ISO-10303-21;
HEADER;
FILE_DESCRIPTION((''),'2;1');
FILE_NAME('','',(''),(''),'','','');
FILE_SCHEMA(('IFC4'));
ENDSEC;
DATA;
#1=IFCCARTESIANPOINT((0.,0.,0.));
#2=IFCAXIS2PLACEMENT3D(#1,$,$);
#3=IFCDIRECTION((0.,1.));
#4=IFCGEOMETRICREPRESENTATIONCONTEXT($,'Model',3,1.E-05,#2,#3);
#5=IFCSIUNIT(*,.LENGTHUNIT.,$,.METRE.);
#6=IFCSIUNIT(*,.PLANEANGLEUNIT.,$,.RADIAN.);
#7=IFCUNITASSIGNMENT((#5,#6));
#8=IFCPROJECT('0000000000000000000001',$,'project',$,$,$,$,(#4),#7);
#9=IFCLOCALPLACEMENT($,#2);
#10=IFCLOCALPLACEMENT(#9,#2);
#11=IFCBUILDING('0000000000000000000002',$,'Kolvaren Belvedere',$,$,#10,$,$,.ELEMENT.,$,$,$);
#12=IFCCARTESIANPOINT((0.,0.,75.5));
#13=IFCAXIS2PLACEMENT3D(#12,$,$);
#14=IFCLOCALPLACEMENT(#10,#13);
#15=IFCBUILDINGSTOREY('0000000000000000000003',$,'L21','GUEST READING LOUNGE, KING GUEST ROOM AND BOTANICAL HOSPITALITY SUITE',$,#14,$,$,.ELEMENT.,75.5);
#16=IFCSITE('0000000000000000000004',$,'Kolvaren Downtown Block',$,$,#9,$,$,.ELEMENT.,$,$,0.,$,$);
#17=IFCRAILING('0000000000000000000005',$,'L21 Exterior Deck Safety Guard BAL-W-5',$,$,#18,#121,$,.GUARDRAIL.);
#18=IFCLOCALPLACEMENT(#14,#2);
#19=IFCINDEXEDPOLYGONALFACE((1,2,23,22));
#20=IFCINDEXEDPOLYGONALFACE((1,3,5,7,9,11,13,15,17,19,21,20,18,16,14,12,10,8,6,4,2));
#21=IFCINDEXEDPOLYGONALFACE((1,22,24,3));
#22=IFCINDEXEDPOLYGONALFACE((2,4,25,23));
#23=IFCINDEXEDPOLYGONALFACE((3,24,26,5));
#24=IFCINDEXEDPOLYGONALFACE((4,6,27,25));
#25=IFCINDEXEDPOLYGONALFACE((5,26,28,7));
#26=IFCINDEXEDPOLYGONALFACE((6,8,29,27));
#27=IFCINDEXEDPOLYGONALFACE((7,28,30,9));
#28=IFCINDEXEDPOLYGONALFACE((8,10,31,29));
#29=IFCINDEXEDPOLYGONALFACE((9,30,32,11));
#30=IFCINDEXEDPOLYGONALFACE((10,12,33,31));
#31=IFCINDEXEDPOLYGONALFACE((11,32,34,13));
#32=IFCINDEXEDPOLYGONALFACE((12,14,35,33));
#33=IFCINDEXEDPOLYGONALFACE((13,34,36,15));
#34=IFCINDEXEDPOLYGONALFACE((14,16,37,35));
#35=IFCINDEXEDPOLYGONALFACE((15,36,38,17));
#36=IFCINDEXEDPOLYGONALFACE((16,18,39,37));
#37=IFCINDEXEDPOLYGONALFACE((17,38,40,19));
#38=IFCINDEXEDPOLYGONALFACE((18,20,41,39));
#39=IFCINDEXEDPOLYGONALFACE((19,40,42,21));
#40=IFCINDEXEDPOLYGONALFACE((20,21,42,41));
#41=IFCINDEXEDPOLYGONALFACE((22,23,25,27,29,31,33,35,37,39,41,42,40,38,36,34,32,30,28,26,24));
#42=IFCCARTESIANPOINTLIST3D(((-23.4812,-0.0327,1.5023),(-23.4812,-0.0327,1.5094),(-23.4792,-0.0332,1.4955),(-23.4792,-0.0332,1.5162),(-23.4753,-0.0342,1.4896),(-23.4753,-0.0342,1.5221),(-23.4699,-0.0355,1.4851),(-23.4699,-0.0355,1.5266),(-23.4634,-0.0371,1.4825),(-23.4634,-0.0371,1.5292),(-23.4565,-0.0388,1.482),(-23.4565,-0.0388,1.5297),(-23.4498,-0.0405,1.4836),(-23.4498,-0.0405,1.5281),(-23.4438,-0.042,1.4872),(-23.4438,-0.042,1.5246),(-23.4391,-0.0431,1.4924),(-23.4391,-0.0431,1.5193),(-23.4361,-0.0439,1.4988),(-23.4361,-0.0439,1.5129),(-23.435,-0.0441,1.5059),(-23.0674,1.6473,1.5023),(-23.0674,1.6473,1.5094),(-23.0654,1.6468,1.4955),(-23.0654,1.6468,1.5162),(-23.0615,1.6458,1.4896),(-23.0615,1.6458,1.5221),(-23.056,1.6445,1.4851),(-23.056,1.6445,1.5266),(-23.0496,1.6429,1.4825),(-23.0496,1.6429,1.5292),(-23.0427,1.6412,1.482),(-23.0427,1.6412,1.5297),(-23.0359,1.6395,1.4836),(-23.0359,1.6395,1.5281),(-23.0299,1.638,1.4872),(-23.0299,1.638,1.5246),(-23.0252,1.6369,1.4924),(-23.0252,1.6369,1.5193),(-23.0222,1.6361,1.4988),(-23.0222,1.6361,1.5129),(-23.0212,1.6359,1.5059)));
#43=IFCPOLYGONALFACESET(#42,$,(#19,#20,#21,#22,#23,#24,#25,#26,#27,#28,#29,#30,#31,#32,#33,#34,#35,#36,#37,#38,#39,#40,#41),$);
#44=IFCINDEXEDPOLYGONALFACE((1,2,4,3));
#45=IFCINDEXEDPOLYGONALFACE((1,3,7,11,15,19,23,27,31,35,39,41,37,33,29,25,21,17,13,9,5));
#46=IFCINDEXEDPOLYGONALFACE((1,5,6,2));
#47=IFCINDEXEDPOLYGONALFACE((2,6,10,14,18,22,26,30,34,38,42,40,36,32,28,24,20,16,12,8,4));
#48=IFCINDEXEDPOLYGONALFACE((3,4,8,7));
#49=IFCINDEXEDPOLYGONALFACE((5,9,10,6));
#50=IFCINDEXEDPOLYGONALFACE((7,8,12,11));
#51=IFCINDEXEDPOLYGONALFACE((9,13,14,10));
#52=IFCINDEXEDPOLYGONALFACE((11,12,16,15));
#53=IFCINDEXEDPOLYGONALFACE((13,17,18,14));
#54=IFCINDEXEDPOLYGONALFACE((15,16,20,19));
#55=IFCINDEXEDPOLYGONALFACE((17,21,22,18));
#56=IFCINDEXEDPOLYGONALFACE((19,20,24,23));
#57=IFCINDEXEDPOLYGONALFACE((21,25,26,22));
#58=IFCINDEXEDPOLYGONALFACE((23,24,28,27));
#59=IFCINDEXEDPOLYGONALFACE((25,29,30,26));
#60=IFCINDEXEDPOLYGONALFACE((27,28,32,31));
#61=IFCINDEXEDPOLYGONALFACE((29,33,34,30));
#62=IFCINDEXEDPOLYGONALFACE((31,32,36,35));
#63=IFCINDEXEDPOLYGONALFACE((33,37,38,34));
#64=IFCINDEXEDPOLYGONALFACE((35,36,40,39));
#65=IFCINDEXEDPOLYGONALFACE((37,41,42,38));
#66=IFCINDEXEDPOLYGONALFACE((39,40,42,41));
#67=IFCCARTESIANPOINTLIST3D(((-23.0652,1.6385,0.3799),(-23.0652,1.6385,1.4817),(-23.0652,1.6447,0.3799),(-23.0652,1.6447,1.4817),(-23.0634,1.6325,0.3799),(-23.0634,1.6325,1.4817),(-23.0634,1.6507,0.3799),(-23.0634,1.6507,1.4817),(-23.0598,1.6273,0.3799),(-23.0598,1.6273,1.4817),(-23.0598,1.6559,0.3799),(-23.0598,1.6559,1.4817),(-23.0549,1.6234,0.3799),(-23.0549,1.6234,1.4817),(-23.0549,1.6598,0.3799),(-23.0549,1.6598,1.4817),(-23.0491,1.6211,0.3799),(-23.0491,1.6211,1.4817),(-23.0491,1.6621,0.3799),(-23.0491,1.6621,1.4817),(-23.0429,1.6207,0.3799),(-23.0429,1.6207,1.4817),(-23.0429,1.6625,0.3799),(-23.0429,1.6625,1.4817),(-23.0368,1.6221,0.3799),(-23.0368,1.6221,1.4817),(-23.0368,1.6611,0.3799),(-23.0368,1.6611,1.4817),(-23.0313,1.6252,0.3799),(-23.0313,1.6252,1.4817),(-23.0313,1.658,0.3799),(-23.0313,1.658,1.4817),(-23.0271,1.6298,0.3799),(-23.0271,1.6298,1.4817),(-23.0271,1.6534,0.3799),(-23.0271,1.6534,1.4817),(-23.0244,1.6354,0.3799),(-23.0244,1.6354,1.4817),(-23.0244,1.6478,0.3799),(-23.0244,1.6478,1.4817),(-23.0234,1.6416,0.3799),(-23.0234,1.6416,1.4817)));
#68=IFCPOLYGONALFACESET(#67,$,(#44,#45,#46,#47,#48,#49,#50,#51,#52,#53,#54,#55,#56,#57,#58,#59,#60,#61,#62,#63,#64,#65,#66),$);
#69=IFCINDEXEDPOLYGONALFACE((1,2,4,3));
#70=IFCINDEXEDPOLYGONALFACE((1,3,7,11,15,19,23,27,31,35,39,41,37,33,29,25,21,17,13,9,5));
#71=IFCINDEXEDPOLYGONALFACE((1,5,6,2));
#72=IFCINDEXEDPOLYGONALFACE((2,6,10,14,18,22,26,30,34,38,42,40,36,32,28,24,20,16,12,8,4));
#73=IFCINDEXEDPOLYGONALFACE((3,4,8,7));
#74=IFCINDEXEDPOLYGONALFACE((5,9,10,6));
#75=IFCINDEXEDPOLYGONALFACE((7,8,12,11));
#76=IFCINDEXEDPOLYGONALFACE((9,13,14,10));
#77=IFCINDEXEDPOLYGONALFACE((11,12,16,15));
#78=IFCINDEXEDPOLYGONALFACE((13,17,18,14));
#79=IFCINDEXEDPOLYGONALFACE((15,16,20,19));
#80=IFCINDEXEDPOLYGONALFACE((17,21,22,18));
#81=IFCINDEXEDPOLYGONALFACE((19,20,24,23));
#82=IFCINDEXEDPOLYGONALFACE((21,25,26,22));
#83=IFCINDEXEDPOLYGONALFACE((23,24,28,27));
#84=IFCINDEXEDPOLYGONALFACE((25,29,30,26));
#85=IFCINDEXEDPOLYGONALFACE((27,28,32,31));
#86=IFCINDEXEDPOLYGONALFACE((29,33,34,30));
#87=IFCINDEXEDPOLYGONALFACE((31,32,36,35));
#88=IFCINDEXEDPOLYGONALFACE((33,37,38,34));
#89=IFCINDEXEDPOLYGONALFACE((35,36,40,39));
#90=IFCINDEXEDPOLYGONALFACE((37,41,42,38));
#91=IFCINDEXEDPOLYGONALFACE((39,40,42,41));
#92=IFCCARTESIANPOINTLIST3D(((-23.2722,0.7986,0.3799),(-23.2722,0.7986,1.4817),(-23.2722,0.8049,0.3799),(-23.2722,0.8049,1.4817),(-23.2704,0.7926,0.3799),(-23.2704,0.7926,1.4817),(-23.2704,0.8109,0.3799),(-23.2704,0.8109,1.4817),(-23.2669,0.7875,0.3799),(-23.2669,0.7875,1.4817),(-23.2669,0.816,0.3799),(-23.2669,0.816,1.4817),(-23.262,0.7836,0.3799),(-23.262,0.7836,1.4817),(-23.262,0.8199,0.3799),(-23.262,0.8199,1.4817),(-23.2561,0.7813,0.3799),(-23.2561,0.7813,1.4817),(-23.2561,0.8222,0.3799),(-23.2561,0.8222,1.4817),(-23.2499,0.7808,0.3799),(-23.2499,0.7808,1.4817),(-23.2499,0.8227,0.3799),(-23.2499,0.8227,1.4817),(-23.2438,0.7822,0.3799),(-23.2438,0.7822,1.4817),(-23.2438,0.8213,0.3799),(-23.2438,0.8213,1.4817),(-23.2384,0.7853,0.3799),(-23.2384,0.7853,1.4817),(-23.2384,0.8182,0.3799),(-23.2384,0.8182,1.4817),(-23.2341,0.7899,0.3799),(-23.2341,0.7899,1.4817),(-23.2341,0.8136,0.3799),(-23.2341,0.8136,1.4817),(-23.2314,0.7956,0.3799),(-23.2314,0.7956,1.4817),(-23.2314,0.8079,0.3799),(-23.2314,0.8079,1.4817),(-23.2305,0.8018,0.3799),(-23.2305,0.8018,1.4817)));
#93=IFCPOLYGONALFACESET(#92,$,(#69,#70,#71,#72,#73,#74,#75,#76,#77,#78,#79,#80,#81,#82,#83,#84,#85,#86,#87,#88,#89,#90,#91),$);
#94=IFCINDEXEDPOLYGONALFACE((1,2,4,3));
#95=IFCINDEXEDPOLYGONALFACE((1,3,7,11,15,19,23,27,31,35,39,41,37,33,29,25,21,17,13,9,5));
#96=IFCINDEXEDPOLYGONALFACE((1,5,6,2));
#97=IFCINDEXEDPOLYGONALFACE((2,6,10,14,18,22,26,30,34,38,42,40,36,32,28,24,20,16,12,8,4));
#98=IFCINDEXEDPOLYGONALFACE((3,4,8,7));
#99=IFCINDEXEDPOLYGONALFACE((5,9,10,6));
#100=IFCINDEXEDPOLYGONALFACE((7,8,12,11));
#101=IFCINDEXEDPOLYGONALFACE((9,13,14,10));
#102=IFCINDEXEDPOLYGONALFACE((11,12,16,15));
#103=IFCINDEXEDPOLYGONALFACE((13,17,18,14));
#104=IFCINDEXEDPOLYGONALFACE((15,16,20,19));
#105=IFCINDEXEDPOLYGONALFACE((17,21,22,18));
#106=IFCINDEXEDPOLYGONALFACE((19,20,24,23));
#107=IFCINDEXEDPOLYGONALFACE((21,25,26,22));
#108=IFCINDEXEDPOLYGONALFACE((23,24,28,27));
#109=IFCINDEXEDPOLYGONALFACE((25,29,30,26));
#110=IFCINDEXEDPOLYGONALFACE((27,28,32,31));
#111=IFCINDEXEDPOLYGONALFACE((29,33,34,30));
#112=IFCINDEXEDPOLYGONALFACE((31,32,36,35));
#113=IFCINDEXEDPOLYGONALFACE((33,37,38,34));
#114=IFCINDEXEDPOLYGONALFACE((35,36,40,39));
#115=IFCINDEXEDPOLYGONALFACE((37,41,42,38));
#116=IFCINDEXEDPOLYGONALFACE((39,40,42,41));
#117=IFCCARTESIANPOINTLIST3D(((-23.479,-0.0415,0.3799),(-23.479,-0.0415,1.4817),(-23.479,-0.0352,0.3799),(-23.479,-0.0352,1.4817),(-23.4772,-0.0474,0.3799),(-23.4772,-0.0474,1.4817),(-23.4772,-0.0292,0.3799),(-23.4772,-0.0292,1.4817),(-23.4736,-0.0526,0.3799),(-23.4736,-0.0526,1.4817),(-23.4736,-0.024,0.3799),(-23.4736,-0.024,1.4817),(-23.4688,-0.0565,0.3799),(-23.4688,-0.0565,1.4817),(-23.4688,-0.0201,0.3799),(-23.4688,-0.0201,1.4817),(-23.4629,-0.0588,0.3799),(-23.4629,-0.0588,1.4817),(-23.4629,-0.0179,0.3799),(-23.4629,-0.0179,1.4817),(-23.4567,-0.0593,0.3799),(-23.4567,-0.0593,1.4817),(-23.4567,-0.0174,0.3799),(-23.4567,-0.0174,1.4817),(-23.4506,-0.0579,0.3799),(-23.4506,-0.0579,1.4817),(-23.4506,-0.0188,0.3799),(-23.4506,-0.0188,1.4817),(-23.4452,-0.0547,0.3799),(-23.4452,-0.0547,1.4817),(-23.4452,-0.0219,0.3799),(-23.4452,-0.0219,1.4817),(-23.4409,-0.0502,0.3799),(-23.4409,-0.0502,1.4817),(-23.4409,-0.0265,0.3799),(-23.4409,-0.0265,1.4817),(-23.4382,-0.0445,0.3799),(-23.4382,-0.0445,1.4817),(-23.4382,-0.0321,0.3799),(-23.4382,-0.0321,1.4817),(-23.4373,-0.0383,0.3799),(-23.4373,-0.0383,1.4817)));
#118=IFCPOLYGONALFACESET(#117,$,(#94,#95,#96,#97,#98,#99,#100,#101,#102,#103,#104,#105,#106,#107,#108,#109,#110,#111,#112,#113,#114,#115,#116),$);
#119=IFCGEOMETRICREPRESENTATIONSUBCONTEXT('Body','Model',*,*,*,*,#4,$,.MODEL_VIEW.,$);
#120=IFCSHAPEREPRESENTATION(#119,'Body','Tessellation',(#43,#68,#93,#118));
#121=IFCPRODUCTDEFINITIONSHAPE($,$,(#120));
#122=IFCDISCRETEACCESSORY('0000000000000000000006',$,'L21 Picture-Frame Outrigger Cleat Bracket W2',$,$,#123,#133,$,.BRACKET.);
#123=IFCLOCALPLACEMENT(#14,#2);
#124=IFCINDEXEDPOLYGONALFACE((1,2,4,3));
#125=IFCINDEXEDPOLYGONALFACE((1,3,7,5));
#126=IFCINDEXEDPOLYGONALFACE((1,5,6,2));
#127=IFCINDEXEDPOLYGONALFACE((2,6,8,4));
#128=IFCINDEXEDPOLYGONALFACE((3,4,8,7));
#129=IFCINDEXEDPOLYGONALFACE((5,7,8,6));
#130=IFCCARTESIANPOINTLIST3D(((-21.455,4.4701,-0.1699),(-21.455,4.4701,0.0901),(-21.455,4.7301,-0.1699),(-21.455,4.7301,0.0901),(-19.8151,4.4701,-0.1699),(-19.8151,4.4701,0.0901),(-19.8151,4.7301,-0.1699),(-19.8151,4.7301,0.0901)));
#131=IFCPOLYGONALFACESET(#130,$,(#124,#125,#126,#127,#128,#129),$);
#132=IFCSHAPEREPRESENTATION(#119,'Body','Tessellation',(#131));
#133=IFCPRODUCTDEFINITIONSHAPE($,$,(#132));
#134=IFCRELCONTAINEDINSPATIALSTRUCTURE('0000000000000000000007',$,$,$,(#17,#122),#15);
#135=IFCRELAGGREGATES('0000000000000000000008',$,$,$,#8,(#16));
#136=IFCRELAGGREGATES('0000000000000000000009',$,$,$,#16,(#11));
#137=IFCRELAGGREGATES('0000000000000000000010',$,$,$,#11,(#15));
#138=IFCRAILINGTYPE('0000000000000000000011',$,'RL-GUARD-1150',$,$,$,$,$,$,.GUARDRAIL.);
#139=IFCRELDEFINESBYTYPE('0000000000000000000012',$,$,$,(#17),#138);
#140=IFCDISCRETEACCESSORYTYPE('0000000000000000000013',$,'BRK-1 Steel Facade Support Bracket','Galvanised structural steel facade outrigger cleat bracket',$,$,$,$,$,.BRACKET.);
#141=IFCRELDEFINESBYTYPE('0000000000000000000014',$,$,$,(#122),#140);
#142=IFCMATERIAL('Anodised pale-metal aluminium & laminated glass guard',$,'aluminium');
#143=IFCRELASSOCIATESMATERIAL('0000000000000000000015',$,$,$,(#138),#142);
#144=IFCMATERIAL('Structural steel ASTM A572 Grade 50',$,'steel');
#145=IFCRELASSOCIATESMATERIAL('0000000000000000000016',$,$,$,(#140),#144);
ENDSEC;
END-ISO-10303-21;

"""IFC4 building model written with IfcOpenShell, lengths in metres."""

from ifc_helpers import new_model, si_unit, direction, frame, origin, origin_2d, place, context, subcontext, project, spatial, rectangle, circle, extrude, material, type_object, element, save


model = new_model("IFC4")

# Units and contexts
model_context = context("Model", 3, precision=1e-05, world=origin(), true_north=direction((0.0, 1.0)))
body_context = subcontext(model_context, "Body", "Model", "MODEL_VIEW")
ifc_project = project(units=[si_unit("LENGTHUNIT", "METRE"), si_unit("PLANEANGLEUNIT", "RADIAN")], contexts=[model_context])

# Site, building, storey
site_placement = place(None, origin())
site = spatial("IfcSite", under=ifc_project, at=site_placement, Name="Kolvaren Downtown Block", CompositionType="ELEMENT", RefElevation=0.0)
building_placement = place(site_placement, origin())
building = spatial("IfcBuilding", under=site, at=building_placement, Name="Kolvaren Belvedere", CompositionType="ELEMENT")
storey_placement = place(building_placement, frame((0.0, 0.0, 75.5)))
storey = spatial("IfcBuildingStorey", under=building, at=storey_placement, Name="L21", Description="GUEST READING LOUNGE, KING GUEST ROOM AND BOTANICAL HOSPITALITY SUITE", CompositionType="ELEMENT", Elevation=75.5)

# Railing
ifc_material_1 = material(Name="Anodised pale-metal aluminium & laminated glass guard", Category="aluminium")
railing_type = type_object("IfcRailingType", Name="RL-GUARD-1150", PredefinedType="GUARDRAIL", material=ifc_material_1)
railing_1_placement = place(storey_placement, frame((-23.0444, 1.6416, 0.3799)))
element("IfcRailing", 1, at=railing_1_placement, inside=storey, type_object=railing_type, Name="L21 Exterior Deck Safety Guard BAL-W-5", PredefinedType="GUARDRAIL", context=body_context, shape_type="SweptSolid", body=[
    extrude(circle(Radius=0.0239, at=origin_2d()), frame((0.0, 0.0, 1.126), z_axis=(-0.239181, -0.970975, 0.0), x_axis=(0.970975, -0.239181, 0.0)), (0.0, 0.0, 1.0), 1.7302),
    extrude(circle(Radius=0.021, at=origin_2d()), origin(), (0.0, 0.0, 1.0), 1.1018),
    extrude(circle(Radius=0.021, at=origin_2d()), frame((-0.207, -0.8398, 0.0)), (0.0, 0.0, 1.0), 1.1018),
    extrude(circle(Radius=0.021, at=origin_2d()), frame((-0.4138, -1.6799, 0.0)), (0.0, 0.0, 1.0), 1.1018),
])

# Discrete accessory
ifc_material_2 = material(Name="Structural steel ASTM A572 Grade 50", Category="steel")
discrete_accessory_type = type_object("IfcDiscreteAccessoryType", Name="BRK-1 Steel Facade Support Bracket", Description="Galvanised structural steel facade outrigger cleat bracket", PredefinedType="BRACKET", material=ifc_material_2)
discrete_accessory_placement = place(storey_placement, frame((-20.635, 4.6001, -0.1699), z_axis=(0.0, 0.0, 1.0), x_axis=(1.0, 0.0, 0.0)))
element("IfcDiscreteAccessory", 2, at=discrete_accessory_placement, inside=storey, type_object=discrete_accessory_type, Name="L21 Picture-Frame Outrigger Cleat Bracket W2", PredefinedType="BRACKET", context=body_context, shape_type="SweptSolid", body=[
    extrude(rectangle(XDim=1.6399, YDim=0.26, at=origin_2d()), origin(), (0.0, 0.0, 1.0), 0.26),
])

save(model, "model.ifc")
